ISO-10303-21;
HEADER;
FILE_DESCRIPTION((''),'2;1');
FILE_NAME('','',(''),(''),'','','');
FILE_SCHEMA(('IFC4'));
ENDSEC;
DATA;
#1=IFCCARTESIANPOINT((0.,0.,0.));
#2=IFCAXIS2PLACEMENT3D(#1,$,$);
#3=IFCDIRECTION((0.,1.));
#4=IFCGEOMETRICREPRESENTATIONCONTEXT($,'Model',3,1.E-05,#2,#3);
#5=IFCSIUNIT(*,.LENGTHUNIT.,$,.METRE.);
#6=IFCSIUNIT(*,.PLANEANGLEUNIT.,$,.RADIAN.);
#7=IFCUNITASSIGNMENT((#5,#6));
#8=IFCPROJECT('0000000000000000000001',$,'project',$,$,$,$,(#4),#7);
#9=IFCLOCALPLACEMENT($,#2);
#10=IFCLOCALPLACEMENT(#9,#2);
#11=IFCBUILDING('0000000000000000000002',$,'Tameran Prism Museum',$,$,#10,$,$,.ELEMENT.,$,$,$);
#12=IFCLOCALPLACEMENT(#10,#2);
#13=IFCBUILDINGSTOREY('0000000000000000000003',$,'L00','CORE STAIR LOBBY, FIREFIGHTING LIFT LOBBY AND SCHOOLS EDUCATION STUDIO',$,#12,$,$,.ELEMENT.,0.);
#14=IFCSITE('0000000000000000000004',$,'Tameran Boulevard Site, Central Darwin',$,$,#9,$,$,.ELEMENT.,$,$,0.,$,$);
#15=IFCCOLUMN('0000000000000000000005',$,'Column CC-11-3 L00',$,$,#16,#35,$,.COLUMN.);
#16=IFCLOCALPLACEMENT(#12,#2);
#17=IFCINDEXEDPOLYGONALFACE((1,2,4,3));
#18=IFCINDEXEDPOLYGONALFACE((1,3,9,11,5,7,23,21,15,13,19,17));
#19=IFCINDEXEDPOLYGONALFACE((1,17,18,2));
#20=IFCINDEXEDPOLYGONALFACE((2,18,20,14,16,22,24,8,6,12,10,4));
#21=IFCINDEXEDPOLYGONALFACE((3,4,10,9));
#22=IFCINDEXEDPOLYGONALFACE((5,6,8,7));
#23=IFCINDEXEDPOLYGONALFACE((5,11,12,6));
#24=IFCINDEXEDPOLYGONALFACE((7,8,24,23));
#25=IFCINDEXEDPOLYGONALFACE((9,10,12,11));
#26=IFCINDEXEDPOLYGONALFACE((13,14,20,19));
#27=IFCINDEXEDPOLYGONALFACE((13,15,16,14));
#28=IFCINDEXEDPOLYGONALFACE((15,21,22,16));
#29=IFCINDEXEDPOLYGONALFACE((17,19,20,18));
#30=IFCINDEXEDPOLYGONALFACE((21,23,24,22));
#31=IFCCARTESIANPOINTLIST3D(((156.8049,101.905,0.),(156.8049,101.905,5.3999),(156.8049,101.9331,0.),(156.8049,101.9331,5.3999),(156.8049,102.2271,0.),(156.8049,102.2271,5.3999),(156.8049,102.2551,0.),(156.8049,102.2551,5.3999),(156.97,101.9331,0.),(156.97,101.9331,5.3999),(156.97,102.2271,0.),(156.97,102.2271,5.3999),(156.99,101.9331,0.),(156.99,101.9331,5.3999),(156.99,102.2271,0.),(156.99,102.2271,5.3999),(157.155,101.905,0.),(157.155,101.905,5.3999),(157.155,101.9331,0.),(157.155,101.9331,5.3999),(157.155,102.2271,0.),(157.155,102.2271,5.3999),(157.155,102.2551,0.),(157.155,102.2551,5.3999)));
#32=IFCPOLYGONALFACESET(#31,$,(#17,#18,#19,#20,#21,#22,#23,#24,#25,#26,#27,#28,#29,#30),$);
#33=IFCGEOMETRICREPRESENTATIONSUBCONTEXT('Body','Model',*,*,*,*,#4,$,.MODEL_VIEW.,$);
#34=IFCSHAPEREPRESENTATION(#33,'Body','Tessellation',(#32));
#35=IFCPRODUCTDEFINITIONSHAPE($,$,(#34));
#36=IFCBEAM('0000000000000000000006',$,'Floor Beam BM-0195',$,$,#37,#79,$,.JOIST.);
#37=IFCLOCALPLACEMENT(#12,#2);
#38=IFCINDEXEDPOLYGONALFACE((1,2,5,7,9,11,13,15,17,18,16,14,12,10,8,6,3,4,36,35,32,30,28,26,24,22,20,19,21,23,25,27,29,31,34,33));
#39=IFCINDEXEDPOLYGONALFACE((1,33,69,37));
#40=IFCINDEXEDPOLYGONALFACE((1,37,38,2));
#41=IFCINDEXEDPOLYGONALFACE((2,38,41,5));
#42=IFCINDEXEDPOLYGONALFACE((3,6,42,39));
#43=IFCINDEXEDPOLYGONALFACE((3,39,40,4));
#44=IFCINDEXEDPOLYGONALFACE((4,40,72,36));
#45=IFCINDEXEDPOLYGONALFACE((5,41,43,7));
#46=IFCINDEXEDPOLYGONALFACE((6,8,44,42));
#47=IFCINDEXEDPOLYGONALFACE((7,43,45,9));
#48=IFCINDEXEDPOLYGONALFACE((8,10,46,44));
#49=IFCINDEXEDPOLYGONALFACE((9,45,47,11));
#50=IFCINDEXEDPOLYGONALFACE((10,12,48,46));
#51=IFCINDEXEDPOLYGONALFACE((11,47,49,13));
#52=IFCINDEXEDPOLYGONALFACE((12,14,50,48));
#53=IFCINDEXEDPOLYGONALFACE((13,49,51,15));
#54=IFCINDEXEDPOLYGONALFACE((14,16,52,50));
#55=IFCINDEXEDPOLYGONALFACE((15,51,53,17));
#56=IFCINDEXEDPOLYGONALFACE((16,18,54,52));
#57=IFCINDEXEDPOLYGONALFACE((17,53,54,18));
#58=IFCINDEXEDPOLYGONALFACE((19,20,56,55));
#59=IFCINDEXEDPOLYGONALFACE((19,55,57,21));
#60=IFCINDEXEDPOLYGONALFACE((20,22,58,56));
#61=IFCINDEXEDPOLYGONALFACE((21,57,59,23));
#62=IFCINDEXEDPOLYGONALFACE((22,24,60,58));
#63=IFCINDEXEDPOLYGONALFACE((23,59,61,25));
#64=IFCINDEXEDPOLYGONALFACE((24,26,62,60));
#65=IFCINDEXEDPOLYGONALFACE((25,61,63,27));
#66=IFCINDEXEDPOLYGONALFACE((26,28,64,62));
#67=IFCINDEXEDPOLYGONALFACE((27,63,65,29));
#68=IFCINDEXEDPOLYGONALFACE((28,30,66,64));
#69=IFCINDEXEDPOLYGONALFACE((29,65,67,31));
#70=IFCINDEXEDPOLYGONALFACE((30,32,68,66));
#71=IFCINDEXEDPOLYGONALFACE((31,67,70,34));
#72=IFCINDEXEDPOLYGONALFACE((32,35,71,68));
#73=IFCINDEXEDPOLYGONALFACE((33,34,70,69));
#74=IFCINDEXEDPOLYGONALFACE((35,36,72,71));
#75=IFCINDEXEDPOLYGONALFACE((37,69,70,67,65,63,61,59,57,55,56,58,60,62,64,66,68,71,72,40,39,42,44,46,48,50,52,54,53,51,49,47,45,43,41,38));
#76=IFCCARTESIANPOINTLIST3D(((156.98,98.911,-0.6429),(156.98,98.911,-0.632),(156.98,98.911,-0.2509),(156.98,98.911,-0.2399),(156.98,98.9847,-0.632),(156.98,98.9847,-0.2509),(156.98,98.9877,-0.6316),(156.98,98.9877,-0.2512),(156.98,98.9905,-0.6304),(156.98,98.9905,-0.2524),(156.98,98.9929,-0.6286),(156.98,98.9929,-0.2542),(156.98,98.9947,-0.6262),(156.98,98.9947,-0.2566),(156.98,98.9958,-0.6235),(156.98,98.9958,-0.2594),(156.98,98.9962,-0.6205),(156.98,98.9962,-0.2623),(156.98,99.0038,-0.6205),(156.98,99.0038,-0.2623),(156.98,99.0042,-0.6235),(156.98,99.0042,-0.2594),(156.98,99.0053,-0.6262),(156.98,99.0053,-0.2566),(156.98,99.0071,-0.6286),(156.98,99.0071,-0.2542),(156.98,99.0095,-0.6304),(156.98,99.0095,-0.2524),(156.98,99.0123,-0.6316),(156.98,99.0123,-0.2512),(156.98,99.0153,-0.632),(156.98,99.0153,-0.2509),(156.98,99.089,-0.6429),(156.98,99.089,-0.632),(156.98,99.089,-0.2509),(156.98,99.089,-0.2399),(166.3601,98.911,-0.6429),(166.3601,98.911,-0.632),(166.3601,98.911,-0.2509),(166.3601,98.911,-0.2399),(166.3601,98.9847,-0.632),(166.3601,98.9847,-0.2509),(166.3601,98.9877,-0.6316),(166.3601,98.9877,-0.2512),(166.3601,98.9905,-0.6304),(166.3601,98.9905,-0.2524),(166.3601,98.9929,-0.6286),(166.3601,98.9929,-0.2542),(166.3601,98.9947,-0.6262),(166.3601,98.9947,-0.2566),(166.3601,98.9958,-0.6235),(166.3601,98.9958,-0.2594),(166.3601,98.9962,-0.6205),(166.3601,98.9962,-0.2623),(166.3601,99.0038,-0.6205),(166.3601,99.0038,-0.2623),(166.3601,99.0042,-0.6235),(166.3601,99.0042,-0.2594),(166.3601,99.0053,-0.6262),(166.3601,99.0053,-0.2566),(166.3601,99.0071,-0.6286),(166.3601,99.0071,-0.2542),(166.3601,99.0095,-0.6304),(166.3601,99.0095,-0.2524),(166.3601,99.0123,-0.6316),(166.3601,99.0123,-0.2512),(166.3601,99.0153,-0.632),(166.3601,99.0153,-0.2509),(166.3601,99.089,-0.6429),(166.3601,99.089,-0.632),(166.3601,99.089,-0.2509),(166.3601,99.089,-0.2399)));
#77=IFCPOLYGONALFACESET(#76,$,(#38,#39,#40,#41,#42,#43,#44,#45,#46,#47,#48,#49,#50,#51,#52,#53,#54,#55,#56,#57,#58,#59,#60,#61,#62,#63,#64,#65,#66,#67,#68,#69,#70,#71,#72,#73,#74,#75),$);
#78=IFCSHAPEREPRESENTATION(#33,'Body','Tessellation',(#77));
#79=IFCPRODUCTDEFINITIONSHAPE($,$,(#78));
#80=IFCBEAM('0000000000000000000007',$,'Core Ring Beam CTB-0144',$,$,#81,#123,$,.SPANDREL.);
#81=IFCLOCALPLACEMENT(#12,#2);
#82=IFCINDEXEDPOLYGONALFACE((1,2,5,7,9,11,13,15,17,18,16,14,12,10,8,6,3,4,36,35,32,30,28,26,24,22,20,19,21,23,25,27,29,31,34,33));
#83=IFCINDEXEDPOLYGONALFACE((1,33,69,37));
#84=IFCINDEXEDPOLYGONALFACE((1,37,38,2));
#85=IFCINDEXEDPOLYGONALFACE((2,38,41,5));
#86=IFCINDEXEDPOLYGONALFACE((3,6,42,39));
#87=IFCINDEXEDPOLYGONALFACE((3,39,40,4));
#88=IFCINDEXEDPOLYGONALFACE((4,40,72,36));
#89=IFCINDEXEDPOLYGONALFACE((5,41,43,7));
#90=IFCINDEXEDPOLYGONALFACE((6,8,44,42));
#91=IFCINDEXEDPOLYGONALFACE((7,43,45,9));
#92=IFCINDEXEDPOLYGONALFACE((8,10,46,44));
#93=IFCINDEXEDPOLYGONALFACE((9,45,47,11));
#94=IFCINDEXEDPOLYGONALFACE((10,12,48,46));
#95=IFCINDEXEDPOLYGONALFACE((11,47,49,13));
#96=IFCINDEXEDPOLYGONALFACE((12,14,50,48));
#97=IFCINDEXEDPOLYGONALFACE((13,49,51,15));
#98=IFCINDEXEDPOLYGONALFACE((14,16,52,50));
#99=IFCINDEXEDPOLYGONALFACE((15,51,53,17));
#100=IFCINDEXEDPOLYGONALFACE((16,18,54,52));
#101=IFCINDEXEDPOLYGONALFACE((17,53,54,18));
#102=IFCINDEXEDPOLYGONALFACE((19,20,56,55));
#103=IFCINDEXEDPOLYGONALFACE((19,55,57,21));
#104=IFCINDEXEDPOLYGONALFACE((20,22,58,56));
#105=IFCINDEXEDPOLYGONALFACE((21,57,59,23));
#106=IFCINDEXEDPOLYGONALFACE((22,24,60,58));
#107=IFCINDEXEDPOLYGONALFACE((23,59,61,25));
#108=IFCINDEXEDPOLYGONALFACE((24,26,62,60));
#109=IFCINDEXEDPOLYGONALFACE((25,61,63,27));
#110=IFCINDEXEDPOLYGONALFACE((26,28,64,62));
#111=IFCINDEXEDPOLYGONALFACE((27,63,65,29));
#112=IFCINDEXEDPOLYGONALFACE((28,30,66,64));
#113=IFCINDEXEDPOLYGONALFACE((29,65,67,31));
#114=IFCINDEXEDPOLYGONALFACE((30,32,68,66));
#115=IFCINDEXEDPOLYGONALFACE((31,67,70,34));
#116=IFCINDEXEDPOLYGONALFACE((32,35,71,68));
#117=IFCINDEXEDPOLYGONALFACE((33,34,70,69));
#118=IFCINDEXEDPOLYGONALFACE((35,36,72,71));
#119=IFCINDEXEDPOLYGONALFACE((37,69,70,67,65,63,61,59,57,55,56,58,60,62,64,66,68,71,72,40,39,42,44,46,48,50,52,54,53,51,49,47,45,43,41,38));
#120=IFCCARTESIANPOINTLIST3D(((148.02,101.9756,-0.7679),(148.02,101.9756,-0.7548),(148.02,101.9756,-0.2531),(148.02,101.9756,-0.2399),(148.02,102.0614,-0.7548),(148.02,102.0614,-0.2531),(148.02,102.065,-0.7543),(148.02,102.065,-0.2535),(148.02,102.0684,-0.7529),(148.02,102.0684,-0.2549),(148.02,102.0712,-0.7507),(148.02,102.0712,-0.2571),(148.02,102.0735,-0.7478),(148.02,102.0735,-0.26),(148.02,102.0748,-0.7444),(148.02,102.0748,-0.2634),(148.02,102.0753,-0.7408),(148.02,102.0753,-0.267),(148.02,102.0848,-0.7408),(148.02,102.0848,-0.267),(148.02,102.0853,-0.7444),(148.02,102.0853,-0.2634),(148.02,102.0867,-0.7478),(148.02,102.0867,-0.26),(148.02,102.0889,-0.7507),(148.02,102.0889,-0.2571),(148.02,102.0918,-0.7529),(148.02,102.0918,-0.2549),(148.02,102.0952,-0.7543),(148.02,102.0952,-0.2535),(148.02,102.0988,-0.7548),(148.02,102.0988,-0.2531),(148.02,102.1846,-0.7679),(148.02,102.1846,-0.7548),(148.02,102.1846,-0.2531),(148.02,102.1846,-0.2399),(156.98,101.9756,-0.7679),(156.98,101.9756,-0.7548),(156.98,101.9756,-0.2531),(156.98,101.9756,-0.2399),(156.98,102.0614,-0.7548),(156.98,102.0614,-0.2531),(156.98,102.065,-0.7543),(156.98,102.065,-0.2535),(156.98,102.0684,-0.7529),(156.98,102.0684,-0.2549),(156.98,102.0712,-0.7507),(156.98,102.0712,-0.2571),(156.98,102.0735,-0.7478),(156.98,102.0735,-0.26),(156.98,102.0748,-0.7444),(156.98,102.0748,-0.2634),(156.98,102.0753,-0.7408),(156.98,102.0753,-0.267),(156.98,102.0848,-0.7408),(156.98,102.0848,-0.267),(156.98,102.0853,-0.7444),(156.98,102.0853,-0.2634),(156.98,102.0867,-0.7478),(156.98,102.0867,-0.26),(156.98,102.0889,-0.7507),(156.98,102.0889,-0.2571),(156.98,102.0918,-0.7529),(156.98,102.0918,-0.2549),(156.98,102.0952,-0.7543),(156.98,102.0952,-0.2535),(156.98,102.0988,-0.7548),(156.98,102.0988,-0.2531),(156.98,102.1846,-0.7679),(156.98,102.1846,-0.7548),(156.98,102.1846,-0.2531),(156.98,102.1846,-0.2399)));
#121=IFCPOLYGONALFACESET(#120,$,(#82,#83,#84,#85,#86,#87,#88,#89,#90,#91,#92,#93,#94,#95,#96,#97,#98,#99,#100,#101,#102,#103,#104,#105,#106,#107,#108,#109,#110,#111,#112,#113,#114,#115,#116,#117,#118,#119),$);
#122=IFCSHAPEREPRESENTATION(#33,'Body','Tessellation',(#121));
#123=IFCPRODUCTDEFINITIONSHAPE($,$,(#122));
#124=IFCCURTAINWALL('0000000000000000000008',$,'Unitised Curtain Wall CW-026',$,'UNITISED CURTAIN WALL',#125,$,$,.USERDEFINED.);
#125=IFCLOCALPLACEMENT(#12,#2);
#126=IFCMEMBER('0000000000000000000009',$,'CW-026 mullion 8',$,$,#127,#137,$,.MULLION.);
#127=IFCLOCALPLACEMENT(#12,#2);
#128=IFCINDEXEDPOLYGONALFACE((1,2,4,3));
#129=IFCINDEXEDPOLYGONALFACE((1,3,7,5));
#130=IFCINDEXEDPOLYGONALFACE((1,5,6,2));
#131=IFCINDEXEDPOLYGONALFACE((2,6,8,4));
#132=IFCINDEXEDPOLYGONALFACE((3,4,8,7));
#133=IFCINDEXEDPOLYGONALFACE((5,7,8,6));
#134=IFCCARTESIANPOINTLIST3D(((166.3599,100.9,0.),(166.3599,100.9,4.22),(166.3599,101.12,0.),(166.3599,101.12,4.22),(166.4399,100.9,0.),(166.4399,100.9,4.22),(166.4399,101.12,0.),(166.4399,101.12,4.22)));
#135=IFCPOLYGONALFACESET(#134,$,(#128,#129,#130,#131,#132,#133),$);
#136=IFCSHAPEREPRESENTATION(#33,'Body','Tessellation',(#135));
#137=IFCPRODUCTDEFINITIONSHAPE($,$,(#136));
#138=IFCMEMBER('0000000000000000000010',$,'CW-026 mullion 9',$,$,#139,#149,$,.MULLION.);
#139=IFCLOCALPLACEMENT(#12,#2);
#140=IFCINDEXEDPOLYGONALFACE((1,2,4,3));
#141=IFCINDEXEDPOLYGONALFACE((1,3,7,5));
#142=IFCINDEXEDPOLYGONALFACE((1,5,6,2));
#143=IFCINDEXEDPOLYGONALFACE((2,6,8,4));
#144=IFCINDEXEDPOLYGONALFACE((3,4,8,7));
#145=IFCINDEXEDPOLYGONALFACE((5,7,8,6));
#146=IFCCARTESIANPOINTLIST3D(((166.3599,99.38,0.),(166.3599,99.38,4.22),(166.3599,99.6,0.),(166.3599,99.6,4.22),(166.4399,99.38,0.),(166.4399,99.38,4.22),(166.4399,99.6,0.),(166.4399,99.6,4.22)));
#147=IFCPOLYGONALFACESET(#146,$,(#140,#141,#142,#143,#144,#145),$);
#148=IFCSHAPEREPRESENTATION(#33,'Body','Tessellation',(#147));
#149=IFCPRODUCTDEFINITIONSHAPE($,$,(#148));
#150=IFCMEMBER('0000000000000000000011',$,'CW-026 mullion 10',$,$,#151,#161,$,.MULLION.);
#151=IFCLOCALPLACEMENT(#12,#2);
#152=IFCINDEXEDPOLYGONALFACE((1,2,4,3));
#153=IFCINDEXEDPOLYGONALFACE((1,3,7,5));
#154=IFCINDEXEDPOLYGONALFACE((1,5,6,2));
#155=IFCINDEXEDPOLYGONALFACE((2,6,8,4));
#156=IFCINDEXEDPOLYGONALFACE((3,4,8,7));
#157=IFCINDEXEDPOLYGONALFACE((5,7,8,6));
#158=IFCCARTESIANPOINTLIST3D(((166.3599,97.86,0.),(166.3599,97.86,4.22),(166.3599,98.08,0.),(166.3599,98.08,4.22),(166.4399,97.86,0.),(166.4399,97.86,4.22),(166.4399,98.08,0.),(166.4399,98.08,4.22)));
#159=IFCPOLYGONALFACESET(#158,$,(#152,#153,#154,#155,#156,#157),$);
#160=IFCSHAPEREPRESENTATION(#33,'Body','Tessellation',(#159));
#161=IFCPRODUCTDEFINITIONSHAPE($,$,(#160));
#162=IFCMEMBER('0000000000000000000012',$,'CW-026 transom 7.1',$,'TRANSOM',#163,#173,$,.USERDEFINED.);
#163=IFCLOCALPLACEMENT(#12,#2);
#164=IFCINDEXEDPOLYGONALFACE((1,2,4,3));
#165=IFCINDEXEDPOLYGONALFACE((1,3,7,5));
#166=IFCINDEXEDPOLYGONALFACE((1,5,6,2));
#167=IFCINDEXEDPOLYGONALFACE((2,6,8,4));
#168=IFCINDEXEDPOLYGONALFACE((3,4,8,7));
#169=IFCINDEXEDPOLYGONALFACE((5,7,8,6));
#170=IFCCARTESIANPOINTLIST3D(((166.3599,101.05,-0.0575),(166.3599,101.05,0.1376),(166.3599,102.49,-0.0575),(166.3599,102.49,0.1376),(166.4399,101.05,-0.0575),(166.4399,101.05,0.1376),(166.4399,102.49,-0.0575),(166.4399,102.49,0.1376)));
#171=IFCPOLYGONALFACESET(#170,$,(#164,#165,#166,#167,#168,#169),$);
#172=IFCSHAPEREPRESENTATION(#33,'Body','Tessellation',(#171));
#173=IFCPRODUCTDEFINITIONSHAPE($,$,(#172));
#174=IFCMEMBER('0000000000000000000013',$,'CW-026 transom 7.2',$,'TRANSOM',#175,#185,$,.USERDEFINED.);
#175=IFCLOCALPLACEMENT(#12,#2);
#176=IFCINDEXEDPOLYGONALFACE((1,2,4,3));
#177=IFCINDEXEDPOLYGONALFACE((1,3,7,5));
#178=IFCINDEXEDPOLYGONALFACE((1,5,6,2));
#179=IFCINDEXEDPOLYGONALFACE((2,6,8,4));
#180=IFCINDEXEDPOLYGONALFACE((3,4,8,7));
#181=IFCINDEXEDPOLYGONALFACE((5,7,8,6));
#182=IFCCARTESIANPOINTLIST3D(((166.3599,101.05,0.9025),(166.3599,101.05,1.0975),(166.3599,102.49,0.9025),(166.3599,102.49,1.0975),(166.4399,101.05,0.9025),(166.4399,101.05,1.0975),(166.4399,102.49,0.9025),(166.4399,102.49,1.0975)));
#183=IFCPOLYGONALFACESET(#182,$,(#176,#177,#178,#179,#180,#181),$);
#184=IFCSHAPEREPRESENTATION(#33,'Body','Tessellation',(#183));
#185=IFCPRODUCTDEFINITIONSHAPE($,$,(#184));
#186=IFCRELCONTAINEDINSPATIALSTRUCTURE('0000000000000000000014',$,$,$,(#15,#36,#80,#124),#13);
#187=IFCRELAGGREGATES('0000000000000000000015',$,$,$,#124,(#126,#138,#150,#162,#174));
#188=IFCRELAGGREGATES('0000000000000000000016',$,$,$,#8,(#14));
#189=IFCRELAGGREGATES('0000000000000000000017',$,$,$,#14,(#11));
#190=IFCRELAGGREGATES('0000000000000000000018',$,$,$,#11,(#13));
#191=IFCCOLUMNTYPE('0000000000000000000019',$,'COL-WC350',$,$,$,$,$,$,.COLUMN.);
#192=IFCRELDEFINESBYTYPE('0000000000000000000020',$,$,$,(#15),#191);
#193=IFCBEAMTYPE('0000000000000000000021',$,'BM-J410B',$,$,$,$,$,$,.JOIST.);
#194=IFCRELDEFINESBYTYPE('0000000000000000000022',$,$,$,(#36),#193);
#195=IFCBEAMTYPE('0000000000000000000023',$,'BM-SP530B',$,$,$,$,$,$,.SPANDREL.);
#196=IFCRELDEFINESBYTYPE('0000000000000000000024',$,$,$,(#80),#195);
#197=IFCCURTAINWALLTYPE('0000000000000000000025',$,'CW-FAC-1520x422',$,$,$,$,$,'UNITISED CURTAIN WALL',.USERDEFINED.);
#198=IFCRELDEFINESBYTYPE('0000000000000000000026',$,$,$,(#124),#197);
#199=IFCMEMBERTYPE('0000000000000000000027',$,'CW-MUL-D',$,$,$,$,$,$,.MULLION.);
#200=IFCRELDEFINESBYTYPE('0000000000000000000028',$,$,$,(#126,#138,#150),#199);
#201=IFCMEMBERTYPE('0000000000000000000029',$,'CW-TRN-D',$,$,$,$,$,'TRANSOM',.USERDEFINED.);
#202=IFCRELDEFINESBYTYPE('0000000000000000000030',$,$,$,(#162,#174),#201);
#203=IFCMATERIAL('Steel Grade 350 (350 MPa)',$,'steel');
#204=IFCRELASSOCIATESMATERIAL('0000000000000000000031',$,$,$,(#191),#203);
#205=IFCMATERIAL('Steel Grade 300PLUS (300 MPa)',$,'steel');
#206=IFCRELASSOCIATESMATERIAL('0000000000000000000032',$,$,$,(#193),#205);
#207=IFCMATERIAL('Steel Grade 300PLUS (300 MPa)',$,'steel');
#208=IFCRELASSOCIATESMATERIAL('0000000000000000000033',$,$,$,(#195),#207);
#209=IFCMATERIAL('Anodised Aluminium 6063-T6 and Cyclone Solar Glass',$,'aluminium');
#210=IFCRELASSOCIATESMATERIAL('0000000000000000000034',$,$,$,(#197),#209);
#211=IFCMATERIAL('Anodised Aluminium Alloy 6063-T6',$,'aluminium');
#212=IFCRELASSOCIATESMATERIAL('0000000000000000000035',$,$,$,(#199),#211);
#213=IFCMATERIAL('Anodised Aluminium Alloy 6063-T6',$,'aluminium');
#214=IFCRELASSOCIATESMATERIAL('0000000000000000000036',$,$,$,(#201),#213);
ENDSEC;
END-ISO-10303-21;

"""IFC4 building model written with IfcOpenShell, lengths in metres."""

from ifc_helpers import new_model, si_unit, direction, frame, origin, origin_2d, place, context, subcontext, project, spatial, rectangle, i_section, extrude, material, material_profile, profile_set, type_object, element, aggregate, save


model = new_model("IFC4")

# Units and contexts
model_context = context("Model", 3, precision=1e-05, world=origin(), true_north=direction((0.0, 1.0)))
body_context = subcontext(model_context, "Body", "Model", "MODEL_VIEW")
ifc_project = project(units=[si_unit("LENGTHUNIT", "METRE"), si_unit("PLANEANGLEUNIT", "RADIAN")], contexts=[model_context])

# Site, building, storey
site_placement = place(None, origin())
site = spatial("IfcSite", under=ifc_project, at=site_placement, Name="Tameran Boulevard Site, Central Darwin", CompositionType="ELEMENT", RefElevation=0.0)
building_placement = place(site_placement, origin())
building = spatial("IfcBuilding", under=site, at=building_placement, Name="Tameran Prism Museum", CompositionType="ELEMENT")
storey_placement = place(building_placement, origin())
storey = spatial("IfcBuildingStorey", under=building, at=storey_placement, Name="L00", Description="CORE STAIR LOBBY, FIREFIGHTING LIFT LOBBY AND SCHOOLS EDUCATION STUDIO", CompositionType="ELEMENT", Elevation=0.0)

# Column
ifc_material_1 = material(Name="Steel Grade 350 (350 MPa)", Category="steel")
ifc_material_profile_1 = material_profile(ifc_material_1, i_section(OverallWidth=0.3501, OverallDepth=0.3501, WebThickness=0.02, FlangeThickness=0.0281, at=origin_2d()))
ifc_profile_set_1 = profile_set([ifc_material_profile_1])
column_type = type_object("IfcColumnType", Name="COL-WC350", PredefinedType="COLUMN", material=ifc_profile_set_1)
column_placement = place(storey_placement, frame((156.98, 102.0801, 0.0), z_axis=(0.0, 0.0, 1.0), x_axis=(1.0, 0.0, 0.0)))
element("IfcColumn", 1, at=column_placement, inside=storey, type_object=column_type, Name="Column CC-11-3 L00", PredefinedType="COLUMN", context=body_context, shape_type="SweptSolid", body=[
    extrude(i_section(OverallWidth=0.3501, OverallDepth=0.3501, WebThickness=0.02, FlangeThickness=0.0281, at=origin_2d()), origin(), (0.0, 0.0, 1.0), 5.3999),
])

# Beams
ifc_material_2 = material(Name="Steel Grade 300PLUS (300 MPa)", Category="steel")
ifc_material_profile_2 = material_profile(ifc_material_2, i_section(OverallWidth=0.178, OverallDepth=0.4031, WebThickness=0.0076, FlangeThickness=0.011, FilletRadius=0.0115, at=origin_2d()))
ifc_profile_set_2 = profile_set([ifc_material_profile_2])
beam_type_1 = type_object("IfcBeamType", Name="BM-J410B", PredefinedType="JOIST", material=ifc_profile_set_2)
beam_1_placement = place(storey_placement, frame((156.98, 99.0, -0.4414), z_axis=(1.0, 0.0, 0.0), x_axis=(0.0, 1.0, 0.0)))
element("IfcBeam", 2, at=beam_1_placement, inside=storey, type_object=beam_type_1, Name="Floor Beam BM-0195", PredefinedType="JOIST", context=body_context, shape_type="SweptSolid", body=[
    extrude(i_section(OverallWidth=0.178, OverallDepth=0.4031, WebThickness=0.0076, FlangeThickness=0.011, FilletRadius=0.0115, at=origin_2d()), origin(), (0.0, 0.0, 1.0), 9.3801),
])
ifc_material_3 = material(Name="Steel Grade 300PLUS (300 MPa)", Category="steel")
ifc_material_profile_3 = material_profile(ifc_material_3, i_section(OverallWidth=0.209, OverallDepth=0.5281, WebThickness=0.0095, FlangeThickness=0.0132, FilletRadius=0.0139, at=origin_2d()))
ifc_profile_set_3 = profile_set([ifc_material_profile_3])
beam_type_2 = type_object("IfcBeamType", Name="BM-SP530B", PredefinedType="SPANDREL", material=ifc_profile_set_3)
beam_2_placement = place(storey_placement, frame((156.98, 102.0801, -0.5039), z_axis=(-1.0, 0.0, 0.0), x_axis=(0.0, -1.0, 0.0)))
element("IfcBeam", 3, at=beam_2_placement, inside=storey, type_object=beam_type_2, Name="Core Ring Beam CTB-0144", PredefinedType="SPANDREL", context=body_context, shape_type="SweptSolid", body=[
    extrude(i_section(OverallWidth=0.209, OverallDepth=0.5281, WebThickness=0.0095, FlangeThickness=0.0132, FilletRadius=0.0139, at=origin_2d()), origin(), (0.0, 0.0, 1.0), 8.96),
])

# Curtain wall, members
ifc_material_4 = material(Name="Anodised Aluminium 6063-T6 and Cyclone Solar Glass", Category="aluminium")
curtain_wall_type = type_object("IfcCurtainWallType", Name="CW-FAC-1520x422", ElementType="UNITISED CURTAIN WALL", PredefinedType="USERDEFINED", material=ifc_material_4)
curtain_wall_placement = place(storey_placement, origin())
curtain_wall = element("IfcCurtainWall", 4, at=curtain_wall_placement, inside=storey, type_object=curtain_wall_type, Name="Unitised Curtain Wall CW-026", ObjectType="UNITISED CURTAIN WALL", PredefinedType="USERDEFINED")
ifc_material_5 = material(Name="Anodised Aluminium Alloy 6063-T6", Category="aluminium")
ifc_material_profile_4 = material_profile(ifc_material_5, rectangle(XDim=0.0801, YDim=0.22, at=origin_2d()))
ifc_profile_set_4 = profile_set([ifc_material_profile_4])
member_type_1 = type_object("IfcMemberType", Name="CW-MUL-D", PredefinedType="MULLION", material=ifc_profile_set_4)
member_1_placement = place(storey_placement, frame((166.3999, 101.01, 0.0), z_axis=(0.0, 0.0, 1.0), x_axis=(1.0, 0.0, 0.0)))
member_1 = element("IfcMember", 5, at=member_1_placement, type_object=member_type_1, Name="CW-026 mullion 8", PredefinedType="MULLION", context=body_context, shape_type="SweptSolid", body=[
    extrude(rectangle(XDim=0.0801, YDim=0.22, at=origin_2d()), origin(), (0.0, 0.0, 1.0), 4.22),
])
member_2_placement = place(storey_placement, frame((166.3999, 99.49, 0.0), z_axis=(0.0, 0.0, 1.0), x_axis=(1.0, 0.0, 0.0)))
member_2 = element("IfcMember", 6, at=member_2_placement, type_object=member_type_1, Name="CW-026 mullion 9", PredefinedType="MULLION", context=body_context, shape_type="SweptSolid", body=[
    extrude(rectangle(XDim=0.0801, YDim=0.22, at=origin_2d()), origin(), (0.0, 0.0, 1.0), 4.22),
])
member_3_placement = place(storey_placement, frame((166.3999, 97.97, 0.0), z_axis=(0.0, 0.0, 1.0), x_axis=(1.0, 0.0, 0.0)))
member_3 = element("IfcMember", 7, at=member_3_placement, type_object=member_type_1, Name="CW-026 mullion 10", PredefinedType="MULLION", context=body_context, shape_type="SweptSolid", body=[
    extrude(rectangle(XDim=0.0801, YDim=0.22, at=origin_2d()), origin(), (0.0, 0.0, 1.0), 4.22),
])
ifc_material_6 = material(Name="Anodised Aluminium Alloy 6063-T6", Category="aluminium")
ifc_material_profile_5 = material_profile(ifc_material_6, rectangle(XDim=0.0801, YDim=0.1951, at=origin_2d()))
ifc_profile_set_5 = profile_set([ifc_material_profile_5])
member_type_2 = type_object("IfcMemberType", Name="CW-TRN-D", ElementType="TRANSOM", PredefinedType="USERDEFINED", material=ifc_profile_set_5)
member_4_placement = place(storey_placement, frame((166.3999, 102.49, 0.04), z_axis=(0.0, -1.0, 0.0), x_axis=(1.0, 0.0, 0.0)))
member_4 = element("IfcMember", 8, at=member_4_placement, type_object=member_type_2, Name="CW-026 transom 7.1", ObjectType="TRANSOM", PredefinedType="USERDEFINED", context=body_context, shape_type="SweptSolid", body=[
    extrude(rectangle(XDim=0.0801, YDim=0.1951, at=origin_2d()), origin(), (0.0, 0.0, 1.0), 1.4399),
])
member_5_placement = place(storey_placement, frame((166.3999, 102.49, 1.0), z_axis=(0.0, -1.0, 0.0), x_axis=(1.0, 0.0, 0.0)))
member_5 = element("IfcMember", 9, at=member_5_placement, type_object=member_type_2, Name="CW-026 transom 7.2", ObjectType="TRANSOM", PredefinedType="USERDEFINED", context=body_context, shape_type="SweptSolid", body=[
    extrude(rectangle(XDim=0.0801, YDim=0.1951, at=origin_2d()), origin(), (0.0, 0.0, 1.0), 1.4399),
])
aggregate(curtain_wall, [member_1, member_2, member_3, member_4, member_5])

save(model, "model.ifc")
